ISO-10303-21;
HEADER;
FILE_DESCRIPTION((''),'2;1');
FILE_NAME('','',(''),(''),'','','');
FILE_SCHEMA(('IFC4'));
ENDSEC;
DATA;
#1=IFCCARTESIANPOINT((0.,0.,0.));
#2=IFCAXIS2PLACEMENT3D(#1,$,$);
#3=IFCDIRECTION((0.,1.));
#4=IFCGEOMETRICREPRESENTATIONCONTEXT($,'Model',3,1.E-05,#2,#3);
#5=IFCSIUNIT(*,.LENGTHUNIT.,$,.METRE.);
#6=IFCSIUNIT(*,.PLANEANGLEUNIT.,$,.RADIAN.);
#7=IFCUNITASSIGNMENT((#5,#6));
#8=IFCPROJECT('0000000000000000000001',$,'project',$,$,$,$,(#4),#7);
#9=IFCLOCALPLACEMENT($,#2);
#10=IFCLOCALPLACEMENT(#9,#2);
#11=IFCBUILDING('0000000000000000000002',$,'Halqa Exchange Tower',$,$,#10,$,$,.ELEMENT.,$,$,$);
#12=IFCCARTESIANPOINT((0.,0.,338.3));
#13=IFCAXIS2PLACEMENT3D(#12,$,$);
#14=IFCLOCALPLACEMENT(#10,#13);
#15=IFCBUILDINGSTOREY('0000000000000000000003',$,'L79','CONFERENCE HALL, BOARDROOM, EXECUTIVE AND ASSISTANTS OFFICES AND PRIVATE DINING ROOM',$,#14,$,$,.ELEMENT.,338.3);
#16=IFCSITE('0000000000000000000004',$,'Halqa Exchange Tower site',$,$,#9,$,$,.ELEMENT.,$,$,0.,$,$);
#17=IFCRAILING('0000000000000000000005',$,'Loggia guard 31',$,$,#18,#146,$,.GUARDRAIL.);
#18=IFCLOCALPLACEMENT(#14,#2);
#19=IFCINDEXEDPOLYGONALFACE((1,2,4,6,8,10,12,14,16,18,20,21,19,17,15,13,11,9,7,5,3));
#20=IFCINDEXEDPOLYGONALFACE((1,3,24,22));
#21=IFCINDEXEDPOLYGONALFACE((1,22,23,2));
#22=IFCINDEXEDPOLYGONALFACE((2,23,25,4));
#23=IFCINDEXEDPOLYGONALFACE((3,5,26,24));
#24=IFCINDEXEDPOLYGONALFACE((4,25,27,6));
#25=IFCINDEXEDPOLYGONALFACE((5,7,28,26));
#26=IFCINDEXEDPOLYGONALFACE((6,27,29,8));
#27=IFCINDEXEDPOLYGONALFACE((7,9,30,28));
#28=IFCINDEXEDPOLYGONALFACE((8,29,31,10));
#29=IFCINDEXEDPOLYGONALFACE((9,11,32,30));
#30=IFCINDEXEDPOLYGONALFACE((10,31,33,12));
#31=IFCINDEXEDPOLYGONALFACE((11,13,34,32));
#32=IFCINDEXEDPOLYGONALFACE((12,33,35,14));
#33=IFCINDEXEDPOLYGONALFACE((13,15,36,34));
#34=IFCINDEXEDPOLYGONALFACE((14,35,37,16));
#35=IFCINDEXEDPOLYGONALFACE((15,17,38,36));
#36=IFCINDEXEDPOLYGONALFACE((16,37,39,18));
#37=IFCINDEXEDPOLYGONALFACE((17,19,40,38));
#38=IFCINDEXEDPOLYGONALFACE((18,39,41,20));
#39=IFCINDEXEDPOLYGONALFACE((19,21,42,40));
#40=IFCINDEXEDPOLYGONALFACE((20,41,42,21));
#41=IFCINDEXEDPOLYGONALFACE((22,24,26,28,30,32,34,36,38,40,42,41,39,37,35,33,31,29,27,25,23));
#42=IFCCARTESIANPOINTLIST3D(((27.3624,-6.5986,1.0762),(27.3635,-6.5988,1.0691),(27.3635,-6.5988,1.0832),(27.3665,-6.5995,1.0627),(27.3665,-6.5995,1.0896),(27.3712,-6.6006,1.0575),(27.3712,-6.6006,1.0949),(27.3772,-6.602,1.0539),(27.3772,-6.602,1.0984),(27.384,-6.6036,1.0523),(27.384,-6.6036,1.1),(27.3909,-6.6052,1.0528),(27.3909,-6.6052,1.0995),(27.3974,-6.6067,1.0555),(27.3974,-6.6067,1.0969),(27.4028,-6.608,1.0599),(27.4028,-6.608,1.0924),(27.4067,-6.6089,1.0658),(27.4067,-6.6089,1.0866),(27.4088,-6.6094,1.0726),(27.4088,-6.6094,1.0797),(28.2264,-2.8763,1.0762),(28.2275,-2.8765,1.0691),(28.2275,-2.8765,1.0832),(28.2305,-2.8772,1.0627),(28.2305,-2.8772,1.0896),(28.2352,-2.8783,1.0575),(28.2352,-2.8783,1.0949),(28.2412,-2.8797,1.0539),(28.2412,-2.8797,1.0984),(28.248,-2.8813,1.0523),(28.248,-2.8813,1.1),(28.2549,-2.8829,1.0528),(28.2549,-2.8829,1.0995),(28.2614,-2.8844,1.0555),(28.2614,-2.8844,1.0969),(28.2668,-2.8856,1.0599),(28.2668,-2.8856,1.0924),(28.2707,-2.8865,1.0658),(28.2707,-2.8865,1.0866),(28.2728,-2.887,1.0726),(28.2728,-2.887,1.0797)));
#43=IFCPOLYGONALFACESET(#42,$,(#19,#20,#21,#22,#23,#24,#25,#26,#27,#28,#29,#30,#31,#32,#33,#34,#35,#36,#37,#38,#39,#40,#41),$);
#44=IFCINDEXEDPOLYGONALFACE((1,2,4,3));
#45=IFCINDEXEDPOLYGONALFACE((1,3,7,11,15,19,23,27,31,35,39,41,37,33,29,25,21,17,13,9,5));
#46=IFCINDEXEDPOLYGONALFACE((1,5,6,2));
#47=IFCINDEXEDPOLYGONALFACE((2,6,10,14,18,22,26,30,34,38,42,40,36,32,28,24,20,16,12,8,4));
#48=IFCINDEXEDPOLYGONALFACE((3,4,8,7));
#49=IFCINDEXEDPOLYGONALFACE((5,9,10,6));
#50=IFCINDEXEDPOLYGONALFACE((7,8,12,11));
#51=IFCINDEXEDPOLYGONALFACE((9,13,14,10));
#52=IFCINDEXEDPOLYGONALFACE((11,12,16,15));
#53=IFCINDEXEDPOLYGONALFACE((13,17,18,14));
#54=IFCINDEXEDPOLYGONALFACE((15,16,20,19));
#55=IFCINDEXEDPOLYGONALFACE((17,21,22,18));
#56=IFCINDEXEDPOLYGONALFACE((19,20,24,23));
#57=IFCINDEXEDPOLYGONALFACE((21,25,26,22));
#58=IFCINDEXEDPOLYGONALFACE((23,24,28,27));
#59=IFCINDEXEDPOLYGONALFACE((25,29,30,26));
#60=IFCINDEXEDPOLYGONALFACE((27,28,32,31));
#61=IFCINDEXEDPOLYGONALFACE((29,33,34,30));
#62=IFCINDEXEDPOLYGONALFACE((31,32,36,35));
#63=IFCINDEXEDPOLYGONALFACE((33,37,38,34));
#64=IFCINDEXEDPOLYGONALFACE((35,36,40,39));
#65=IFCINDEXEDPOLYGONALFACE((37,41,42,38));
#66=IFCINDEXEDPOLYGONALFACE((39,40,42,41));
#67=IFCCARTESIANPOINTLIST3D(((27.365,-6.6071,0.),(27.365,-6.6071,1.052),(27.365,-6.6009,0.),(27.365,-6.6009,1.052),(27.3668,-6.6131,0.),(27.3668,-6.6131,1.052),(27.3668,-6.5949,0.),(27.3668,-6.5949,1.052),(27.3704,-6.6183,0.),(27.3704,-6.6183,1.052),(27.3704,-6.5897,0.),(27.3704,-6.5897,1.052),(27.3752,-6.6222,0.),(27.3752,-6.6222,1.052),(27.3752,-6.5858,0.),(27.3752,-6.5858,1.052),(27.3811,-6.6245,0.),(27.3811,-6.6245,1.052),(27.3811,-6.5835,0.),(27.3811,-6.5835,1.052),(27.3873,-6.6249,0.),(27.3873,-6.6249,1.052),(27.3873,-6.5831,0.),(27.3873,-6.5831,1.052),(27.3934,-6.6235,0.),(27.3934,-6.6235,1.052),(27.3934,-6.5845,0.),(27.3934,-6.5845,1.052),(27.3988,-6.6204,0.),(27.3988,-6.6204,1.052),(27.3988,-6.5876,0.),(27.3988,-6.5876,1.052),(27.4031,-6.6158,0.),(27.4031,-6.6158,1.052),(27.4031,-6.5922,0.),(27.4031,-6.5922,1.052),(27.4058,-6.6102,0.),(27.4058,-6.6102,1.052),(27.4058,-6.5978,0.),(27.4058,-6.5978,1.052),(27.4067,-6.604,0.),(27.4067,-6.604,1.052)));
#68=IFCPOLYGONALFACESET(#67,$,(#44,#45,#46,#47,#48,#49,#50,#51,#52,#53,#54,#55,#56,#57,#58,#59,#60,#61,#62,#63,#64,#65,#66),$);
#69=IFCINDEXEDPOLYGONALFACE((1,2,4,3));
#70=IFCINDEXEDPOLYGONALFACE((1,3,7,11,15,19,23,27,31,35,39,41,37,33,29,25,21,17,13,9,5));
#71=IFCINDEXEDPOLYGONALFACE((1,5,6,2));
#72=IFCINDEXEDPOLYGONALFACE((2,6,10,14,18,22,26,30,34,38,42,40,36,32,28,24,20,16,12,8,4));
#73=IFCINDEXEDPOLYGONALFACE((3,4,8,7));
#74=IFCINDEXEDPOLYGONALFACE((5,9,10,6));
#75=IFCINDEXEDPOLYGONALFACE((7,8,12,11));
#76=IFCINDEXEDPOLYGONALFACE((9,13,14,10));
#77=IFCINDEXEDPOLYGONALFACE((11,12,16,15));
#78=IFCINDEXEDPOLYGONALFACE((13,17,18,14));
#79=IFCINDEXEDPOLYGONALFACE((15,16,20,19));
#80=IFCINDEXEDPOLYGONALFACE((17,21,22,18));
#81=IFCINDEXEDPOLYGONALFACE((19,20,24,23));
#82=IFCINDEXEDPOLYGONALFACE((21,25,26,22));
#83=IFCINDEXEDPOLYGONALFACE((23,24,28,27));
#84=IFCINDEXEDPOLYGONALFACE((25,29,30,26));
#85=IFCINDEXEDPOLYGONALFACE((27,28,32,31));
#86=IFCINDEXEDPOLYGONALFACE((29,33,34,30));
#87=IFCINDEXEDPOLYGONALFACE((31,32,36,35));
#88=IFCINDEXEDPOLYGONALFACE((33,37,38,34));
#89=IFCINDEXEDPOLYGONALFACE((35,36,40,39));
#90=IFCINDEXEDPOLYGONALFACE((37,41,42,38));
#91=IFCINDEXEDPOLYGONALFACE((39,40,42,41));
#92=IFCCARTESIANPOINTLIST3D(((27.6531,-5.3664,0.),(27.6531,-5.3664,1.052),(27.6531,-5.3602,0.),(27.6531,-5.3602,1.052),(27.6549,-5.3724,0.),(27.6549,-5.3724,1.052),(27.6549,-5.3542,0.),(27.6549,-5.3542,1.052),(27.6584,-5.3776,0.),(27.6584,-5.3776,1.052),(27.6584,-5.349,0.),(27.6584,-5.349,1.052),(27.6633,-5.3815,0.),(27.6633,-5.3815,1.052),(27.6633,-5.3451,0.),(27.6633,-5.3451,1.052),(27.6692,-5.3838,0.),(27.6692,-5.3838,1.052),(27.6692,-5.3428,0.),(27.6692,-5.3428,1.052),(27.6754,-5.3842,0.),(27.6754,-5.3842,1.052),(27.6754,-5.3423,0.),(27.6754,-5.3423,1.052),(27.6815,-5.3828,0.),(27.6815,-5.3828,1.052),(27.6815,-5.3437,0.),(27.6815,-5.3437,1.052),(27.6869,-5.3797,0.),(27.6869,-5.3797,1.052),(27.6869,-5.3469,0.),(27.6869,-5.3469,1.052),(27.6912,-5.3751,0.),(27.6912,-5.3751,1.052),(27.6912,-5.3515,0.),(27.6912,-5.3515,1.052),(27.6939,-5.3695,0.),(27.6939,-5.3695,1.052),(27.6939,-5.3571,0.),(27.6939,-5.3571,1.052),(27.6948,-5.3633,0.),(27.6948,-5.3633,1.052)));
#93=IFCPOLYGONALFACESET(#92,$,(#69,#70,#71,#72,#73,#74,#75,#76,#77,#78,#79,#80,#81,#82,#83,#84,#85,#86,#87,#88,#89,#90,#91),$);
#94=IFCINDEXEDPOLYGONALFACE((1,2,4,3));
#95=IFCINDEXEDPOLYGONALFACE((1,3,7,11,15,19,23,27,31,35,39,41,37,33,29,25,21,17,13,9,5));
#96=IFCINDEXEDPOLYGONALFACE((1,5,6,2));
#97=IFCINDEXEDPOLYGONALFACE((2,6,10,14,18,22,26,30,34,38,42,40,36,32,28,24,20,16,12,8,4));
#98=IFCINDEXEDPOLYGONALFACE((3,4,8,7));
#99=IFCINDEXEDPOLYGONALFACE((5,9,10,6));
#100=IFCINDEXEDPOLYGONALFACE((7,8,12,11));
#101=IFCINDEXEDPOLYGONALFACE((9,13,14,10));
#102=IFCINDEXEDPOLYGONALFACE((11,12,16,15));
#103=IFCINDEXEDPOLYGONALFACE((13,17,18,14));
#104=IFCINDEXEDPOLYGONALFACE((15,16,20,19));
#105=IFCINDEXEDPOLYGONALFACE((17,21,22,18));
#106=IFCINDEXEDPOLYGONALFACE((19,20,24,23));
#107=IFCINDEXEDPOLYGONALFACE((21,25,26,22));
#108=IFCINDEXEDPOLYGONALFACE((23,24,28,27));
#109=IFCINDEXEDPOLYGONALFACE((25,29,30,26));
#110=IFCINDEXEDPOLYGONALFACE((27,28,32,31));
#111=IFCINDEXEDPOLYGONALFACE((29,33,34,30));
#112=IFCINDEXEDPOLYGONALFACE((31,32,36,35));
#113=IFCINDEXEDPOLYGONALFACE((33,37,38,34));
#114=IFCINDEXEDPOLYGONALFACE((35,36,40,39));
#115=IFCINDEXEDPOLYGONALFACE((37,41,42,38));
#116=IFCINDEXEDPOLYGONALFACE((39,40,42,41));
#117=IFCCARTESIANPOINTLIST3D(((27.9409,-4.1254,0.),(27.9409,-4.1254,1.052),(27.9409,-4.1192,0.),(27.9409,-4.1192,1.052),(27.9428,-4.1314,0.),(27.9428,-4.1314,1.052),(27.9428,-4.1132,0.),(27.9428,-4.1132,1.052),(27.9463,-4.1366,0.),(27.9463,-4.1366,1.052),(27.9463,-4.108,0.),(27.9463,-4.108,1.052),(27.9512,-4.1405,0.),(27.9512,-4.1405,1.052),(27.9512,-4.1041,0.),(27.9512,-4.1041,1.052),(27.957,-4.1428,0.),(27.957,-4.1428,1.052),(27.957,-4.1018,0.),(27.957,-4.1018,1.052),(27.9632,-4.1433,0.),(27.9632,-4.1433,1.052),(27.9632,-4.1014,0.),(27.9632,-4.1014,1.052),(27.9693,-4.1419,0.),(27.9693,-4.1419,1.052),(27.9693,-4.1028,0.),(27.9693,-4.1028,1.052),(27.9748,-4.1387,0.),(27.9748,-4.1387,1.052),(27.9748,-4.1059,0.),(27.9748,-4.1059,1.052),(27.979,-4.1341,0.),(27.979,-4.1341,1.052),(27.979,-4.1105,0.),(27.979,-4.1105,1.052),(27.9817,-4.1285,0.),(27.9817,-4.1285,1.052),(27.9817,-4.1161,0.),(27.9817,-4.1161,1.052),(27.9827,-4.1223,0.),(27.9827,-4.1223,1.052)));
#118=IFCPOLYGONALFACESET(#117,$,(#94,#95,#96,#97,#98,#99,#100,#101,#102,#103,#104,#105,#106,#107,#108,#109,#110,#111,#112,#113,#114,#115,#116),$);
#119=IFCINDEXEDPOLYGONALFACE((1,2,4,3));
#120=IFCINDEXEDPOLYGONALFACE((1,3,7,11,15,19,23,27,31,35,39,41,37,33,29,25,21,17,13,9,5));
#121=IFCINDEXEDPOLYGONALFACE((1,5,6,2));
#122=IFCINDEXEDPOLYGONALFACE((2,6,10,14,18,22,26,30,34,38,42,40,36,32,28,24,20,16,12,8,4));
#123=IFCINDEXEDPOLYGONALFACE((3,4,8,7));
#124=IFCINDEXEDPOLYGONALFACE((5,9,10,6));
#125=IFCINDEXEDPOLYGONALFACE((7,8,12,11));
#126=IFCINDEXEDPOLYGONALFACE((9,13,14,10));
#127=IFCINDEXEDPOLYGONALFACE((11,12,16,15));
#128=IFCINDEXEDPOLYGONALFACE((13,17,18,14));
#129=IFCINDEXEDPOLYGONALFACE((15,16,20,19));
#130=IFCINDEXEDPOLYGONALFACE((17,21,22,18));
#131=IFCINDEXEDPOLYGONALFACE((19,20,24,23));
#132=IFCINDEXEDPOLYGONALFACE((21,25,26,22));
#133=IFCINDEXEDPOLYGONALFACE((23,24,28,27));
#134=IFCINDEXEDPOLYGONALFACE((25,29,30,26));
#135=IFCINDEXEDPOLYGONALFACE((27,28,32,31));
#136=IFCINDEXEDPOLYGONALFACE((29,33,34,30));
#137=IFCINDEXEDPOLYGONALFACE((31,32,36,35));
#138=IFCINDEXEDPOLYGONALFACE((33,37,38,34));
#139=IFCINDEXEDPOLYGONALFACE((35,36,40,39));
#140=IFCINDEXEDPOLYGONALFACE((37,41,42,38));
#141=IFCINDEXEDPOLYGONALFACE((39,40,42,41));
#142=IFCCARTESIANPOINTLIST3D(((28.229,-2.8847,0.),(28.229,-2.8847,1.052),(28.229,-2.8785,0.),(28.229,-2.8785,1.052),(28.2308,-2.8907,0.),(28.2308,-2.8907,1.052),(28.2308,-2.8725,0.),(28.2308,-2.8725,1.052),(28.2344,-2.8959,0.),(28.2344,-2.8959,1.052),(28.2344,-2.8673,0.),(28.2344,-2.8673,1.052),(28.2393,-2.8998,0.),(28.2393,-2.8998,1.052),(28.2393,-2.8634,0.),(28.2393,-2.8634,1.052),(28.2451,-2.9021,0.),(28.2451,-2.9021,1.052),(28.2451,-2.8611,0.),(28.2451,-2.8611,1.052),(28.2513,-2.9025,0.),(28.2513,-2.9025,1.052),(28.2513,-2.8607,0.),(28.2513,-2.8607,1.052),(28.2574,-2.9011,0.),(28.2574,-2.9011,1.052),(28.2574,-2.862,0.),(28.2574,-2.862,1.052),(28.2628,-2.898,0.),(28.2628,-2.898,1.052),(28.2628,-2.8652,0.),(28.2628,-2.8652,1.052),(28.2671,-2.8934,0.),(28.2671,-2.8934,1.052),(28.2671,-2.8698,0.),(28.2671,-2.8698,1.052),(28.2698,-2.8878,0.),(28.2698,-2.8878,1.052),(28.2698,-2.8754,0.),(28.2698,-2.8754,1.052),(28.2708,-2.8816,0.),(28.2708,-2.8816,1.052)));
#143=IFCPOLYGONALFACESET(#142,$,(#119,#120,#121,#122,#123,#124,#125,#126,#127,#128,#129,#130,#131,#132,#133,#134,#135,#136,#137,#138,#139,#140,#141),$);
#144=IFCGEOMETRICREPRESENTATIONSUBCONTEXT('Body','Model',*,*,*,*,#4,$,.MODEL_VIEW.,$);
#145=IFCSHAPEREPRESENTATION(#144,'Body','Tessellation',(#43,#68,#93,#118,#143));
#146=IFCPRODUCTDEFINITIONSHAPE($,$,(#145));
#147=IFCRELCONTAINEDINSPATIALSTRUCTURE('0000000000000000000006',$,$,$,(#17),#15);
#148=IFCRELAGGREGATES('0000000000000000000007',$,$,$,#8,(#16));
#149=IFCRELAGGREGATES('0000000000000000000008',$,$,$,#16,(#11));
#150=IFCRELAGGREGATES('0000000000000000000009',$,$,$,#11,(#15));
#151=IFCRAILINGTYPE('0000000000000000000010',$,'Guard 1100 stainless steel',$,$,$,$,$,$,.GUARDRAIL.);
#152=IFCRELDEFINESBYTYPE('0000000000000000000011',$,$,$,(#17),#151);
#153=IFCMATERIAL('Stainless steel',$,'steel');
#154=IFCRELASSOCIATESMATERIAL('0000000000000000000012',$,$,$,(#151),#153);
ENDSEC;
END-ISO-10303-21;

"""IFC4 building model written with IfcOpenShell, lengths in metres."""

from ifc_helpers import new_model, si_unit, direction, frame, origin, origin_2d, place, context, subcontext, project, spatial, circle, extrude, material, type_object, element, save


model = new_model("IFC4")

# Units and contexts
model_context = context("Model", 3, precision=1e-05, world=origin(), true_north=direction((0.0, 1.0)))
body_context = subcontext(model_context, "Body", "Model", "MODEL_VIEW")
ifc_project = project(units=[si_unit("LENGTHUNIT", "METRE"), si_unit("PLANEANGLEUNIT", "RADIAN")], contexts=[model_context])

# Site, building, storey
site_placement = place(None, origin())
site = spatial("IfcSite", under=ifc_project, at=site_placement, Name="Halqa Exchange Tower site", CompositionType="ELEMENT", RefElevation=0.0)
building_placement = place(site_placement, origin())
building = spatial("IfcBuilding", under=site, at=building_placement, Name="Halqa Exchange Tower", CompositionType="ELEMENT")
storey_placement = place(building_placement, frame((0.0, 0.0, 338.3)))
storey = spatial("IfcBuildingStorey", under=building, at=storey_placement, Name="L79", Description="CONFERENCE HALL, BOARDROOM, EXECUTIVE AND ASSISTANTS OFFICES AND PRIVATE DINING ROOM", CompositionType="ELEMENT", Elevation=338.3)

# Railing
ifc_material_1 = material(Name="Stainless steel", Category="steel")
railing_type = type_object("IfcRailingType", Name="Guard 1100 stainless steel", PredefinedType="GUARDRAIL", material=ifc_material_1)
railing_1_placement = place(storey_placement, frame((27.3857, -6.604, 0.0)))
element("IfcRailing", 1, at=railing_1_placement, inside=storey, type_object=railing_type, Name="Loggia guard 31", PredefinedType="GUARDRAIL", context=body_context, shape_type="SweptSolid", body=[
    extrude(circle(Radius=0.0239, at=origin_2d()), frame((0.0, 0.0, 1.0762), z_axis=(0.2261, 0.974104, 0.0), x_axis=(-0.974104, 0.2261, 0.0)), (0.0, 0.0, 1.0), 3.8213),
    extrude(circle(Radius=0.021, at=origin_2d()), origin(), (0.0, 0.0, 1.0), 1.052),
    extrude(circle(Radius=0.021, at=origin_2d()), frame((0.2881, 1.2407, 0.0)), (0.0, 0.0, 1.0), 1.052),
    extrude(circle(Radius=0.021, at=origin_2d()), frame((0.5759, 2.4817, 0.0)), (0.0, 0.0, 1.0), 1.052),
    extrude(circle(Radius=0.021, at=origin_2d()), frame((0.864, 3.7224, 0.0)), (0.0, 0.0, 1.0), 1.052),
])

save(model, "model.ifc")
